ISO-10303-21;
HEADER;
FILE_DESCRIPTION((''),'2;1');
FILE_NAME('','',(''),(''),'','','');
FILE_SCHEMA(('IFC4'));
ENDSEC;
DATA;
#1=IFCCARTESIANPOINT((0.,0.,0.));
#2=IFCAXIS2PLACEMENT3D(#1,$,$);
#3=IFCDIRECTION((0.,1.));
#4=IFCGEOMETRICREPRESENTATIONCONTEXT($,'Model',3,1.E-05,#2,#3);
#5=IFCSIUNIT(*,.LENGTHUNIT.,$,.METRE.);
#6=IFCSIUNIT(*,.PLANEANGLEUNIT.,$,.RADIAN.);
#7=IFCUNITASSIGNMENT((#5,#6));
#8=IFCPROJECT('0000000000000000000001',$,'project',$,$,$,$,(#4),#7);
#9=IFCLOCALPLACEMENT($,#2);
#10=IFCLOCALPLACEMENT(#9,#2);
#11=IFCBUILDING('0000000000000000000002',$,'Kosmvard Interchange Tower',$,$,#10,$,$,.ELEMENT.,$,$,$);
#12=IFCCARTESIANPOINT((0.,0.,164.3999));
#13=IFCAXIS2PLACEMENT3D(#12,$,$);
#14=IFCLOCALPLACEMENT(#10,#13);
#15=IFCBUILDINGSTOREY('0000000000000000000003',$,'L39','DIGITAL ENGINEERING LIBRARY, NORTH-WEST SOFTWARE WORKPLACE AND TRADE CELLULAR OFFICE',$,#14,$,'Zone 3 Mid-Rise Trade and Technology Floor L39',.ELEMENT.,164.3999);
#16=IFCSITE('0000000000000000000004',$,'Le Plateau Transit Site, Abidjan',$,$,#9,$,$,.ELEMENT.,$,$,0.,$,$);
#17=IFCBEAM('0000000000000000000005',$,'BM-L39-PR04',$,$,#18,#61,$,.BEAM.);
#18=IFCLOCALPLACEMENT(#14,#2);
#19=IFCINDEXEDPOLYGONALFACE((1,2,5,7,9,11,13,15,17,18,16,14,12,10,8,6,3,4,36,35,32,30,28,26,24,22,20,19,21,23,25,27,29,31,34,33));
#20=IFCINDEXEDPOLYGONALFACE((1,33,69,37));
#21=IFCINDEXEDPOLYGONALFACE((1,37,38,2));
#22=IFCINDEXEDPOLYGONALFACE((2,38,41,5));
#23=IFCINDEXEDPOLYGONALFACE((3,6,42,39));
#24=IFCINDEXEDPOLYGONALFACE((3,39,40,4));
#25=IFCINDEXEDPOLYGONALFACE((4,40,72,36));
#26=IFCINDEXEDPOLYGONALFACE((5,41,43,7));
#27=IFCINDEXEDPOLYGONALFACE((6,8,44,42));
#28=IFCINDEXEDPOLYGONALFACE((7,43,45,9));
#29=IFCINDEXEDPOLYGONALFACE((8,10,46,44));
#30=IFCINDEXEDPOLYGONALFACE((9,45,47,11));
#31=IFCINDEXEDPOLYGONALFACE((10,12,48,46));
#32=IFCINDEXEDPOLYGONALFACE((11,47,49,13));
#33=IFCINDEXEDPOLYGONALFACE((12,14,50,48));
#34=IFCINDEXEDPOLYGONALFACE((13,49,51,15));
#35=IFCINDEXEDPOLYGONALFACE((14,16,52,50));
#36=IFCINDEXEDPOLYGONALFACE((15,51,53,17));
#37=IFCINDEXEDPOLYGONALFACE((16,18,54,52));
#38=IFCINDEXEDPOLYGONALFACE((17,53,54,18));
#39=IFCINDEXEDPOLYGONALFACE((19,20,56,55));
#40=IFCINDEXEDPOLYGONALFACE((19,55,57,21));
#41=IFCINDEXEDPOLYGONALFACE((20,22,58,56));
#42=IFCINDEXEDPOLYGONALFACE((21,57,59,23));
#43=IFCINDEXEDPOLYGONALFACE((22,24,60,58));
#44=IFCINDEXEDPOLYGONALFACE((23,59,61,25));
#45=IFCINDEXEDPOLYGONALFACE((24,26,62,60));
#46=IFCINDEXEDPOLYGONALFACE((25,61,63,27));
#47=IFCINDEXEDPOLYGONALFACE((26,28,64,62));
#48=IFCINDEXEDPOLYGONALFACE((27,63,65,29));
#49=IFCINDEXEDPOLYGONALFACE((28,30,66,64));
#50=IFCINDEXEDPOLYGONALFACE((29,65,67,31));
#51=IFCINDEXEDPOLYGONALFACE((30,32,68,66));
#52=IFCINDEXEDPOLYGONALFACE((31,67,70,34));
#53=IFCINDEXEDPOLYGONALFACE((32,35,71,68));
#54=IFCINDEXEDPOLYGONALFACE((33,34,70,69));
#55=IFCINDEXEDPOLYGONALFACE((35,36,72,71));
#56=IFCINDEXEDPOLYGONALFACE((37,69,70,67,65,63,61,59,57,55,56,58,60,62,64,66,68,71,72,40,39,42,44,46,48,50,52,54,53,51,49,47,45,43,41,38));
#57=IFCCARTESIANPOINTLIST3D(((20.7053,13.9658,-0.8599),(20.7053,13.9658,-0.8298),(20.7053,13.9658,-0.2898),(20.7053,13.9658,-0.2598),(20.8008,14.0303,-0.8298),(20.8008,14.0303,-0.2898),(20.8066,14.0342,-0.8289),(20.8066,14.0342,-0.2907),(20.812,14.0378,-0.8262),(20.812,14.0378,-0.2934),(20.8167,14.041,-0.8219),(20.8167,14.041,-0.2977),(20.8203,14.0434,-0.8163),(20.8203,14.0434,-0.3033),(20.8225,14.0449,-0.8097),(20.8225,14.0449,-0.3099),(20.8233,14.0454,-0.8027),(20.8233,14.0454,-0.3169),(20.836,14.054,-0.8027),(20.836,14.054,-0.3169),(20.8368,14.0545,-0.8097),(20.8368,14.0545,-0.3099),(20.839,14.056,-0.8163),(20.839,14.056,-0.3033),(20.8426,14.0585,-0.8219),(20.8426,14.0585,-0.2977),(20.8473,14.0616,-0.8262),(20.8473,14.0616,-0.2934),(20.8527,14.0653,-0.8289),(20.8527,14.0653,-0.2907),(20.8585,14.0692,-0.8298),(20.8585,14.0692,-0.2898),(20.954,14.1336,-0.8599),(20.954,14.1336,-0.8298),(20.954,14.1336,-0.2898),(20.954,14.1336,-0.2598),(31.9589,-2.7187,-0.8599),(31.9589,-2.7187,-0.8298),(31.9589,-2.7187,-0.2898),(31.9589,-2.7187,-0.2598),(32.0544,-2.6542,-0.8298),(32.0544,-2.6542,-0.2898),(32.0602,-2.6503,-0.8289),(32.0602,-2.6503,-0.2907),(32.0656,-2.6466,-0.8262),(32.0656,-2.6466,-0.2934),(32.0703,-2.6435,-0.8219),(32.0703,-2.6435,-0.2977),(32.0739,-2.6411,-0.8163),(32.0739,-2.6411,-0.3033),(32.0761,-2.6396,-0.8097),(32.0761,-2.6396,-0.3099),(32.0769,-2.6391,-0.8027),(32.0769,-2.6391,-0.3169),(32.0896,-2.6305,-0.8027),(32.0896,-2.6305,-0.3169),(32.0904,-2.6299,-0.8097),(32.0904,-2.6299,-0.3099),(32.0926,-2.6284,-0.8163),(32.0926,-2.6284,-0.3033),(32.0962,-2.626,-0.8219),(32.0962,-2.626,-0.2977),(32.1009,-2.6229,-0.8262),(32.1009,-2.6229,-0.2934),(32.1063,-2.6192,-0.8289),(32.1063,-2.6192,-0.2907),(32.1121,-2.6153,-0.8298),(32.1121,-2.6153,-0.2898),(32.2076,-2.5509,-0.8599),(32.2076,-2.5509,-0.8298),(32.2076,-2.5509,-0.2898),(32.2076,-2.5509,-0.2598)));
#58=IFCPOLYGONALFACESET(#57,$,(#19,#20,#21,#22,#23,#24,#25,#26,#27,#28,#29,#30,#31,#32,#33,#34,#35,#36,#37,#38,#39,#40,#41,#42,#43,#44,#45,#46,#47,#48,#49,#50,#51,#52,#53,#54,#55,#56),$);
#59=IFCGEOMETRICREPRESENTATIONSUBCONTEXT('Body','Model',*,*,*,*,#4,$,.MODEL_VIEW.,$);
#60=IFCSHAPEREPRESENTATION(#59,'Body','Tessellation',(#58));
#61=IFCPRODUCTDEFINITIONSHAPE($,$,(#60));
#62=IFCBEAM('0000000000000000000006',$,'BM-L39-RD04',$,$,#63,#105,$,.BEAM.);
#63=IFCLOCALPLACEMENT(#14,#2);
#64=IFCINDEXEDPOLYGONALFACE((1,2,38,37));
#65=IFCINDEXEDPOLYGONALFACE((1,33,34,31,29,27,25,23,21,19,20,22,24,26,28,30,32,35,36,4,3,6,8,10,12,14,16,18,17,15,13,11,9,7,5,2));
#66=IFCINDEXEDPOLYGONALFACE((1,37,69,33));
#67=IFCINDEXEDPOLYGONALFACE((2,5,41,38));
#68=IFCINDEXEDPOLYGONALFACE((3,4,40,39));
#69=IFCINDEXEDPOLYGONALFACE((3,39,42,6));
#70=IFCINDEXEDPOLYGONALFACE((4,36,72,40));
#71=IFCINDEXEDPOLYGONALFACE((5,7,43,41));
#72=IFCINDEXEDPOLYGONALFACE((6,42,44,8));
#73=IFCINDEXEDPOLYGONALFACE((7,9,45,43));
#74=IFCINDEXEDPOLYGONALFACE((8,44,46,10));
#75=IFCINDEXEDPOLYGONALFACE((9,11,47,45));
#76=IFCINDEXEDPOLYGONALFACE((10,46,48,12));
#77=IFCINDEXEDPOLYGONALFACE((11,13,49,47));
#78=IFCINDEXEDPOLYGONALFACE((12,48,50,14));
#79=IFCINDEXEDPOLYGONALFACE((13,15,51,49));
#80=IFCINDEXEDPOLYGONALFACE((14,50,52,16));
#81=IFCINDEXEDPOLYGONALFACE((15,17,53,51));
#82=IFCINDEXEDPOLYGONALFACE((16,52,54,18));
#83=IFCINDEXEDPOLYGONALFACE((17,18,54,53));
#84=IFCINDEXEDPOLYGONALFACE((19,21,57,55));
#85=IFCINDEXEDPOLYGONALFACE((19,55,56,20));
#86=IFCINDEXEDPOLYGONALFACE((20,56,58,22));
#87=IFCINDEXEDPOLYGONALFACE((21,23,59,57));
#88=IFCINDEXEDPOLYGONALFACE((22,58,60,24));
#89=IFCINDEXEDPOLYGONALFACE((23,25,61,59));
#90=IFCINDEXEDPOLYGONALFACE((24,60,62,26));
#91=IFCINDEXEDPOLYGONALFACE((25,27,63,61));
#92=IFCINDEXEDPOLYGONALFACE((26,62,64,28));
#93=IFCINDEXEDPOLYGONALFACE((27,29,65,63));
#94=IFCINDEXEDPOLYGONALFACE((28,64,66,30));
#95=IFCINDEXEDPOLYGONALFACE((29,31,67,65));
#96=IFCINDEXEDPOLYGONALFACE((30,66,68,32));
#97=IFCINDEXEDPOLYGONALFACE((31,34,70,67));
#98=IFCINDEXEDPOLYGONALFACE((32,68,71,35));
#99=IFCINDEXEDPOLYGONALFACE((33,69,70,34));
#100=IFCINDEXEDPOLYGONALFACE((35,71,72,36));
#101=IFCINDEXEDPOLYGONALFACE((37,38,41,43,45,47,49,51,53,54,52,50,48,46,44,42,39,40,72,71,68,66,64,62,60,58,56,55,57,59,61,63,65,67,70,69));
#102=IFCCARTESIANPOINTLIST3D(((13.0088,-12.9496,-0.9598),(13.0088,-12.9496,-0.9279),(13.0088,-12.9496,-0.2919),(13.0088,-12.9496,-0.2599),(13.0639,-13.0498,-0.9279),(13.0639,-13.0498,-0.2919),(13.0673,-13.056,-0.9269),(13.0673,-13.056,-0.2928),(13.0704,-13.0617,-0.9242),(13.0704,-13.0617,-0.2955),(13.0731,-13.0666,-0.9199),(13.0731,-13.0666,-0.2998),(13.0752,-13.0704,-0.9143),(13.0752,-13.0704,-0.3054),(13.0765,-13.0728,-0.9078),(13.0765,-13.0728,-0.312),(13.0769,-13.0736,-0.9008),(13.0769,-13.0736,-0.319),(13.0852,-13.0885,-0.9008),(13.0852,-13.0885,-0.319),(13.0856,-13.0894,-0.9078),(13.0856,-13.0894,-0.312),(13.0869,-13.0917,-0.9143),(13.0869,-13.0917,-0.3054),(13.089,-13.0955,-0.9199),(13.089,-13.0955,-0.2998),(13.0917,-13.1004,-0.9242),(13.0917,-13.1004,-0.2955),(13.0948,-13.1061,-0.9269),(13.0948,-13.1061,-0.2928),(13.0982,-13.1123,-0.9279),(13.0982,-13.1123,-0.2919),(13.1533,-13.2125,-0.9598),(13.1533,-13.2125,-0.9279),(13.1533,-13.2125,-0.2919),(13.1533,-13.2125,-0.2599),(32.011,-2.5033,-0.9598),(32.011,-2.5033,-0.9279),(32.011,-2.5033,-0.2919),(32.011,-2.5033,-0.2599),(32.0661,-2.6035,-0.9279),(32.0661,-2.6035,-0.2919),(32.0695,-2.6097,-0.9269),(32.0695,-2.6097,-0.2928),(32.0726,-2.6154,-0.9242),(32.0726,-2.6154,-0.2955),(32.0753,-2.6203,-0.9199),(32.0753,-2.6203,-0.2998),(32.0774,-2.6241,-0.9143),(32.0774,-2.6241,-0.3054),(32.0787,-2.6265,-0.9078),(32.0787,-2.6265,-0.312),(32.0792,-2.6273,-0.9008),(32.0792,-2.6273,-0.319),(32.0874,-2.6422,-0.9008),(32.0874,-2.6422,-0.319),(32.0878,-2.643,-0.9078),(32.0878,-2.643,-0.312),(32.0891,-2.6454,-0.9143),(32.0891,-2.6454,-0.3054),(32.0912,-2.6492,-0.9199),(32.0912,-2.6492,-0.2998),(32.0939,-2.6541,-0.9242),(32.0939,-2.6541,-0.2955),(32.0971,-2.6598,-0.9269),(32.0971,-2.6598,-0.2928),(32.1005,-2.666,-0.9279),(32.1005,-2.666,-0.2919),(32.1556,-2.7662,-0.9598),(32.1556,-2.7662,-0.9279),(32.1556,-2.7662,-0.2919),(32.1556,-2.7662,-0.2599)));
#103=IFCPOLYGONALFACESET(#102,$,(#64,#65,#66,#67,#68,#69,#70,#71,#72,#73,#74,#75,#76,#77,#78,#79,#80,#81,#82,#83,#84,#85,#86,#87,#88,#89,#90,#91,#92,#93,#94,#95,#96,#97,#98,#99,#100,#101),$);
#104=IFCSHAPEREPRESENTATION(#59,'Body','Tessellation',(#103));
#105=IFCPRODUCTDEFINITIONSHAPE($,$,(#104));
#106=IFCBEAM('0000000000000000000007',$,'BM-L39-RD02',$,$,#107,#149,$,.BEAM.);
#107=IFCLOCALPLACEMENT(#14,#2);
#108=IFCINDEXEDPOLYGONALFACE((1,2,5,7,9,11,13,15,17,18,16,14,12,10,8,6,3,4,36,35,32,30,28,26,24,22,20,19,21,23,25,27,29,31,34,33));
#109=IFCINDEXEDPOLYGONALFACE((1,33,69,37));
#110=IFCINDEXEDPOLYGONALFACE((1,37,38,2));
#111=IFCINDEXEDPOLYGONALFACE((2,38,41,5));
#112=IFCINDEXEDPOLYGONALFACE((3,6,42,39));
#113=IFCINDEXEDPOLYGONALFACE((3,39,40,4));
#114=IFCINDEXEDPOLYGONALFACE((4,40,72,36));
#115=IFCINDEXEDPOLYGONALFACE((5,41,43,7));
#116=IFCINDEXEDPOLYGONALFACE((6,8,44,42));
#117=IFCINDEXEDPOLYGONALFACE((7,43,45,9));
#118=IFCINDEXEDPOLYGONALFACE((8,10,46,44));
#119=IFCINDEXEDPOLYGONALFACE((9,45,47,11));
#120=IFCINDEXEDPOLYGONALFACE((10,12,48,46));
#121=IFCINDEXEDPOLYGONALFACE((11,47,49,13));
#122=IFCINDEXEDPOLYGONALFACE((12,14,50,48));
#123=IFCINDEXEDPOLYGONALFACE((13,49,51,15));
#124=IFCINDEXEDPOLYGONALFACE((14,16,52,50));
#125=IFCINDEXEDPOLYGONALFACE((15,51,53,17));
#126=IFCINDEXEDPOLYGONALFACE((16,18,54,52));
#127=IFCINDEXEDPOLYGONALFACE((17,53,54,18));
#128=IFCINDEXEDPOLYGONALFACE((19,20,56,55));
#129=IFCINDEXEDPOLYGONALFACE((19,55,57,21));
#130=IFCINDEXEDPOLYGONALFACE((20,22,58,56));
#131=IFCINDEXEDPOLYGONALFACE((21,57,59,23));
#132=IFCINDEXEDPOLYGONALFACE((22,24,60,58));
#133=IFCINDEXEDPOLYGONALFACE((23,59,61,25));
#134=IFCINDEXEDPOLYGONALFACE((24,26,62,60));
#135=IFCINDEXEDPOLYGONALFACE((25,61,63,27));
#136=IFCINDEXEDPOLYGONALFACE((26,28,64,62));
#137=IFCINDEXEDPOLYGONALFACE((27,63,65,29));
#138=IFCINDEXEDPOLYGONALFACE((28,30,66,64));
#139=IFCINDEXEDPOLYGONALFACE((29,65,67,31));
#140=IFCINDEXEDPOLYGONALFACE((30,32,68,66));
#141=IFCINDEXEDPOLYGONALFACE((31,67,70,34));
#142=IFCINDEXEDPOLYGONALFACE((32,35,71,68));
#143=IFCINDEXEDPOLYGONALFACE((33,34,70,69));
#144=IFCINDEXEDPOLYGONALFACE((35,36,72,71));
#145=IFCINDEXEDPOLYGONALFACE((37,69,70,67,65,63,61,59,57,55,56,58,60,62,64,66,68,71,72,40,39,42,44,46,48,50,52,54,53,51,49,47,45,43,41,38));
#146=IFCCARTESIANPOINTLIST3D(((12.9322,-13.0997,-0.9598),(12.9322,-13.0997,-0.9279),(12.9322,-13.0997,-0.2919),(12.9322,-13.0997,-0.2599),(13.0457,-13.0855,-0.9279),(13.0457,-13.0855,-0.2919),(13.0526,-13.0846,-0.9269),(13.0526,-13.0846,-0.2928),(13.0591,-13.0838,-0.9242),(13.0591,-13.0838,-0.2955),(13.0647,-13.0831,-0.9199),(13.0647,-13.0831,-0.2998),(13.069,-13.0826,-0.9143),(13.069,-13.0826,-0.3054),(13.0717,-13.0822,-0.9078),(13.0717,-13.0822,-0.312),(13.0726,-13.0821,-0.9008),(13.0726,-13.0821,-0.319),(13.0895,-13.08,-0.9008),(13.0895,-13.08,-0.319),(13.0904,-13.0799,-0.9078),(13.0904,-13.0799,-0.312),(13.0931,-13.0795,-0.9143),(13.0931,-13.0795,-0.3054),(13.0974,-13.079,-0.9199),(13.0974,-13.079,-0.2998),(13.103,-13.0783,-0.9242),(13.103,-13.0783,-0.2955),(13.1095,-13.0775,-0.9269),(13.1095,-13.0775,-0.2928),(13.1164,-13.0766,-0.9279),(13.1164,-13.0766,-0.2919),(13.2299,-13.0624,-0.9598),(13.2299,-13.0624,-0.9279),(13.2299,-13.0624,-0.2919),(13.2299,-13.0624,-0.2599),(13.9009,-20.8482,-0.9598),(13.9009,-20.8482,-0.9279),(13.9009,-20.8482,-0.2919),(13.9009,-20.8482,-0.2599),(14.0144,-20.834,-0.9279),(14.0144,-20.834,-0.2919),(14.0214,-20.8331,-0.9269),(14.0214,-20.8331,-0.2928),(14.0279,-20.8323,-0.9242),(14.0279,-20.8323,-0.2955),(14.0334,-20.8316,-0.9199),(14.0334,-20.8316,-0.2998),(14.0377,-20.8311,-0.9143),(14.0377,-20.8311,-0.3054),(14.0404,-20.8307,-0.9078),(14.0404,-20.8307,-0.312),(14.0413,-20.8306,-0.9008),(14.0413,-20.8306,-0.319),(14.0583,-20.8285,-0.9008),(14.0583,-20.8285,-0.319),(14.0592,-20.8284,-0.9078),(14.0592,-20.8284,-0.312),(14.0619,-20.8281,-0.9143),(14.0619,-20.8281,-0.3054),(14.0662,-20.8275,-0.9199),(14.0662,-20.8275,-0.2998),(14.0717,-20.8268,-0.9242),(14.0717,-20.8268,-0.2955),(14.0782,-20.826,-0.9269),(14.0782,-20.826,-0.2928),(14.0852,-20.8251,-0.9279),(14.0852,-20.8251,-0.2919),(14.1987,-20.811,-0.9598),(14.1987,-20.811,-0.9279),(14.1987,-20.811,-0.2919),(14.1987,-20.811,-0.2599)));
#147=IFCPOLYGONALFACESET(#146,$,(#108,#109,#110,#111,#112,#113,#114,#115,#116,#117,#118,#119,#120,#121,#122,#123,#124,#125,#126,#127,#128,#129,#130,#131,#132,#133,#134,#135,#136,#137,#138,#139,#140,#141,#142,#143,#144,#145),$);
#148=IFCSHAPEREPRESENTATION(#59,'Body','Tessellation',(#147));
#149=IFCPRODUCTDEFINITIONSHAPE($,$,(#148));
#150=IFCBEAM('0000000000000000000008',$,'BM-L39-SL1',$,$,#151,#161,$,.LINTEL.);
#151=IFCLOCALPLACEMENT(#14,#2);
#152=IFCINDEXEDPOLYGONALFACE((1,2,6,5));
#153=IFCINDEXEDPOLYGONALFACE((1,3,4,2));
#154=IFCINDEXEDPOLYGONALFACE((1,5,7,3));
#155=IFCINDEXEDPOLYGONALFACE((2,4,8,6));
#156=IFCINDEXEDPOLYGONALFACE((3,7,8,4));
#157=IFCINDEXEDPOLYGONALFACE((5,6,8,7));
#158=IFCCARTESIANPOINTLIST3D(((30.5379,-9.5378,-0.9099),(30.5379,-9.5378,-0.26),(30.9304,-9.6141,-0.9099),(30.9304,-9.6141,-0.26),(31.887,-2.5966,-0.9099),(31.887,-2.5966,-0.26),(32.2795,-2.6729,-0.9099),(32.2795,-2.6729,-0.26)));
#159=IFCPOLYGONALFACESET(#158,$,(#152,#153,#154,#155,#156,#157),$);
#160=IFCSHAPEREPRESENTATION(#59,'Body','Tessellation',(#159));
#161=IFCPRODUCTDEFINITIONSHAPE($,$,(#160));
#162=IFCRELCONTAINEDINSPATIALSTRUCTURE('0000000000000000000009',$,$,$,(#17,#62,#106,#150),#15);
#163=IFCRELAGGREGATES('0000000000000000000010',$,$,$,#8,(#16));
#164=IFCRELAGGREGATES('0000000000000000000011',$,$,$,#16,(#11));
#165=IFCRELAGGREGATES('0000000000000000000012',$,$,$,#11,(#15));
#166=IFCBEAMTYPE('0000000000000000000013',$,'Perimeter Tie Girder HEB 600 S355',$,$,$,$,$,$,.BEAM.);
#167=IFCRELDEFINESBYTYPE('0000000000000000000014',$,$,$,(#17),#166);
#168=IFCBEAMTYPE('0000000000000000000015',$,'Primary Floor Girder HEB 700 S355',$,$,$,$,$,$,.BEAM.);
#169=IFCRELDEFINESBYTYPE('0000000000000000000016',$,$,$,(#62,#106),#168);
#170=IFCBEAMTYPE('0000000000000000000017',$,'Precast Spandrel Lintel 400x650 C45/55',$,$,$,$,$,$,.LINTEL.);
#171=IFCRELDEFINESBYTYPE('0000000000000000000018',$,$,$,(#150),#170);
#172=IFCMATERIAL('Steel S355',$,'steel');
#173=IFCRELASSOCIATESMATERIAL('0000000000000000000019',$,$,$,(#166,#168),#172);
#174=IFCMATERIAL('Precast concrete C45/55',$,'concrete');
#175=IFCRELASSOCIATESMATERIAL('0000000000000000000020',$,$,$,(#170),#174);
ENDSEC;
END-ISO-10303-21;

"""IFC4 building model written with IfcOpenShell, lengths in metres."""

from ifc_helpers import new_model, si_unit, direction, frame, origin, origin_2d, place, context, subcontext, project, spatial, rectangle, i_section, extrude, source, transform, mapped, material, material_profile, profile_set, type_object, element, save


model = new_model("IFC4")

# Units and contexts
model_context = context("Model", 3, precision=1e-05, world=origin(), true_north=direction((0.0, 1.0)))
body_context = subcontext(model_context, "Body", "Model", "MODEL_VIEW")
ifc_project = project(units=[si_unit("LENGTHUNIT", "METRE"), si_unit("PLANEANGLEUNIT", "RADIAN")], contexts=[model_context])

# Site, building, storey
site_placement = place(None, origin())
site = spatial("IfcSite", under=ifc_project, at=site_placement, Name="Le Plateau Transit Site, Abidjan", CompositionType="ELEMENT", RefElevation=0.0)
building_placement = place(site_placement, origin())
building = spatial("IfcBuilding", under=site, at=building_placement, Name="Kosmvard Interchange Tower", CompositionType="ELEMENT")
storey_placement = place(building_placement, frame((0.0, 0.0, 164.3999)))
storey = spatial("IfcBuildingStorey", under=building, at=storey_placement, Name="L39", Description="DIGITAL ENGINEERING LIBRARY, NORTH-WEST SOFTWARE WORKPLACE AND TRADE CELLULAR OFFICE", LongName="Zone 3 Mid-Rise Trade and Technology Floor L39", CompositionType="ELEMENT", Elevation=164.3999)

# Beams
ifc_material_1 = material(Name="Steel S355", Category="steel")
ifc_material_profile_1 = material_profile(ifc_material_1, i_section(OverallWidth=0.3, OverallDepth=0.6001, WebThickness=0.0154, FlangeThickness=0.03, FilletRadius=0.0271, at=origin_2d()), Name="HEB 600")
ifc_profile_set_1 = profile_set([ifc_material_profile_1], Name="Steel S355")
beam_type_1 = type_object("IfcBeamType", Name="Perimeter Tie Girder HEB 600 S355", PredefinedType="BEAM", material=ifc_profile_set_1)
shared_shape_1 = source(origin(), body_context, "Body", "SweptSolid", [
    extrude(i_section(OverallWidth=0.3, OverallDepth=0.6001, WebThickness=0.0154, FlangeThickness=0.03, FilletRadius=0.0271, at=origin_2d()), origin(), (0.0, 0.0, 1.0), 20.125),
])
for number, where, z_axis, x_axis, name in (
    (1, (32.0833, -2.6348, -0.5598), (-0.559185, 0.829043, 0.0), (-0.829043, -0.559185, 0.0), "BM-L39-PR04"),
):
    element("IfcBeam", number, at=place(storey_placement, frame(where, z_axis=z_axis, x_axis=x_axis)), inside=storey, type_object=beam_type_1, Name=name, PredefinedType="BEAM", context=body_context, shape_type="MappedRepresentation", body=[
        mapped(shared_shape_1, transform((0.0, 0.0, 0.0), scale=1.0)),
    ])
ifc_material_profile_2 = material_profile(ifc_material_1, i_section(OverallWidth=0.3, OverallDepth=0.7, WebThickness=0.0171, FlangeThickness=0.032, FilletRadius=0.0271, at=origin_2d()), Name="HEB 700")
ifc_profile_set_2 = profile_set([ifc_material_profile_2], Name="Steel S355")
beam_type_2 = type_object("IfcBeamType", Name="Primary Floor Girder HEB 700 S355", PredefinedType="BEAM", material=ifc_profile_set_2)
shared_shape_2 = source(origin(), body_context, "Body", "SweptSolid", [
    extrude(i_section(OverallWidth=0.3, OverallDepth=0.7, WebThickness=0.0171, FlangeThickness=0.032, FilletRadius=0.0271, at=origin_2d()), origin(), (0.0, 0.0, 1.0), 21.6843),
])
beam_1_placement = place(storey_placement, frame((13.0811, -13.0811, -0.6099), z_axis=(0.876312, 0.481745, 0.0), x_axis=(-0.481745, 0.876312, 0.0)))
element("IfcBeam", 2, at=beam_1_placement, inside=storey, type_object=beam_type_2, Name="BM-L39-RD04", PredefinedType="BEAM", context=body_context, shape_type="MappedRepresentation", body=[
    mapped(shared_shape_2, transform((0.0, 0.0, 0.0), scale=1.0)),
])
shared_shape_3 = source(origin(), body_context, "Body", "SweptSolid", [
    extrude(i_section(OverallWidth=0.3, OverallDepth=0.7, WebThickness=0.0171, FlangeThickness=0.032, FilletRadius=0.0271, at=origin_2d()), origin(), (0.0, 0.0, 1.0), 7.8088),
])
beam_2_placement = place(storey_placement, frame((13.0811, -13.0811, -0.6099), z_axis=(0.124058, -0.992275, 0.0), x_axis=(0.992275, 0.124058, 0.0)))
element("IfcBeam", 3, at=beam_2_placement, inside=storey, type_object=beam_type_2, Name="BM-L39-RD02", PredefinedType="BEAM", context=body_context, shape_type="MappedRepresentation", body=[
    mapped(shared_shape_3, transform((0.0, 0.0, 0.0), scale=1.0)),
])
ifc_material_2 = material(Name="Precast concrete C45/55", Category="concrete")
ifc_material_profile_3 = material_profile(ifc_material_2, rectangle(XDim=0.3999, YDim=0.6499, at=origin_2d()), Name="SL 400x650")
ifc_profile_set_3 = profile_set([ifc_material_profile_3], Name="Precast concrete C45/55")
beam_type_3 = type_object("IfcBeamType", Name="Precast Spandrel Lintel 400x650 C45/55", PredefinedType="LINTEL", material=ifc_profile_set_3)
shared_shape_4 = source(origin(), body_context, "Body", "SweptSolid", [
    extrude(rectangle(XDim=0.3999, YDim=0.6499, at=origin_2d()), origin(), (0.0, 0.0, 1.0), 7.071),
])
beam_3_placement = place(storey_placement, frame((30.7341, -9.5759, -0.585), z_axis=(0.190795, 0.98163, 0.0), x_axis=(-0.98163, 0.190795, 0.0)))
element("IfcBeam", 4, at=beam_3_placement, inside=storey, type_object=beam_type_3, Name="BM-L39-SL1", PredefinedType="LINTEL", context=body_context, shape_type="MappedRepresentation", body=[
    mapped(shared_shape_4, transform((0.0, 0.0, 0.0), scale=1.0)),
])

save(model, "model.ifc")
